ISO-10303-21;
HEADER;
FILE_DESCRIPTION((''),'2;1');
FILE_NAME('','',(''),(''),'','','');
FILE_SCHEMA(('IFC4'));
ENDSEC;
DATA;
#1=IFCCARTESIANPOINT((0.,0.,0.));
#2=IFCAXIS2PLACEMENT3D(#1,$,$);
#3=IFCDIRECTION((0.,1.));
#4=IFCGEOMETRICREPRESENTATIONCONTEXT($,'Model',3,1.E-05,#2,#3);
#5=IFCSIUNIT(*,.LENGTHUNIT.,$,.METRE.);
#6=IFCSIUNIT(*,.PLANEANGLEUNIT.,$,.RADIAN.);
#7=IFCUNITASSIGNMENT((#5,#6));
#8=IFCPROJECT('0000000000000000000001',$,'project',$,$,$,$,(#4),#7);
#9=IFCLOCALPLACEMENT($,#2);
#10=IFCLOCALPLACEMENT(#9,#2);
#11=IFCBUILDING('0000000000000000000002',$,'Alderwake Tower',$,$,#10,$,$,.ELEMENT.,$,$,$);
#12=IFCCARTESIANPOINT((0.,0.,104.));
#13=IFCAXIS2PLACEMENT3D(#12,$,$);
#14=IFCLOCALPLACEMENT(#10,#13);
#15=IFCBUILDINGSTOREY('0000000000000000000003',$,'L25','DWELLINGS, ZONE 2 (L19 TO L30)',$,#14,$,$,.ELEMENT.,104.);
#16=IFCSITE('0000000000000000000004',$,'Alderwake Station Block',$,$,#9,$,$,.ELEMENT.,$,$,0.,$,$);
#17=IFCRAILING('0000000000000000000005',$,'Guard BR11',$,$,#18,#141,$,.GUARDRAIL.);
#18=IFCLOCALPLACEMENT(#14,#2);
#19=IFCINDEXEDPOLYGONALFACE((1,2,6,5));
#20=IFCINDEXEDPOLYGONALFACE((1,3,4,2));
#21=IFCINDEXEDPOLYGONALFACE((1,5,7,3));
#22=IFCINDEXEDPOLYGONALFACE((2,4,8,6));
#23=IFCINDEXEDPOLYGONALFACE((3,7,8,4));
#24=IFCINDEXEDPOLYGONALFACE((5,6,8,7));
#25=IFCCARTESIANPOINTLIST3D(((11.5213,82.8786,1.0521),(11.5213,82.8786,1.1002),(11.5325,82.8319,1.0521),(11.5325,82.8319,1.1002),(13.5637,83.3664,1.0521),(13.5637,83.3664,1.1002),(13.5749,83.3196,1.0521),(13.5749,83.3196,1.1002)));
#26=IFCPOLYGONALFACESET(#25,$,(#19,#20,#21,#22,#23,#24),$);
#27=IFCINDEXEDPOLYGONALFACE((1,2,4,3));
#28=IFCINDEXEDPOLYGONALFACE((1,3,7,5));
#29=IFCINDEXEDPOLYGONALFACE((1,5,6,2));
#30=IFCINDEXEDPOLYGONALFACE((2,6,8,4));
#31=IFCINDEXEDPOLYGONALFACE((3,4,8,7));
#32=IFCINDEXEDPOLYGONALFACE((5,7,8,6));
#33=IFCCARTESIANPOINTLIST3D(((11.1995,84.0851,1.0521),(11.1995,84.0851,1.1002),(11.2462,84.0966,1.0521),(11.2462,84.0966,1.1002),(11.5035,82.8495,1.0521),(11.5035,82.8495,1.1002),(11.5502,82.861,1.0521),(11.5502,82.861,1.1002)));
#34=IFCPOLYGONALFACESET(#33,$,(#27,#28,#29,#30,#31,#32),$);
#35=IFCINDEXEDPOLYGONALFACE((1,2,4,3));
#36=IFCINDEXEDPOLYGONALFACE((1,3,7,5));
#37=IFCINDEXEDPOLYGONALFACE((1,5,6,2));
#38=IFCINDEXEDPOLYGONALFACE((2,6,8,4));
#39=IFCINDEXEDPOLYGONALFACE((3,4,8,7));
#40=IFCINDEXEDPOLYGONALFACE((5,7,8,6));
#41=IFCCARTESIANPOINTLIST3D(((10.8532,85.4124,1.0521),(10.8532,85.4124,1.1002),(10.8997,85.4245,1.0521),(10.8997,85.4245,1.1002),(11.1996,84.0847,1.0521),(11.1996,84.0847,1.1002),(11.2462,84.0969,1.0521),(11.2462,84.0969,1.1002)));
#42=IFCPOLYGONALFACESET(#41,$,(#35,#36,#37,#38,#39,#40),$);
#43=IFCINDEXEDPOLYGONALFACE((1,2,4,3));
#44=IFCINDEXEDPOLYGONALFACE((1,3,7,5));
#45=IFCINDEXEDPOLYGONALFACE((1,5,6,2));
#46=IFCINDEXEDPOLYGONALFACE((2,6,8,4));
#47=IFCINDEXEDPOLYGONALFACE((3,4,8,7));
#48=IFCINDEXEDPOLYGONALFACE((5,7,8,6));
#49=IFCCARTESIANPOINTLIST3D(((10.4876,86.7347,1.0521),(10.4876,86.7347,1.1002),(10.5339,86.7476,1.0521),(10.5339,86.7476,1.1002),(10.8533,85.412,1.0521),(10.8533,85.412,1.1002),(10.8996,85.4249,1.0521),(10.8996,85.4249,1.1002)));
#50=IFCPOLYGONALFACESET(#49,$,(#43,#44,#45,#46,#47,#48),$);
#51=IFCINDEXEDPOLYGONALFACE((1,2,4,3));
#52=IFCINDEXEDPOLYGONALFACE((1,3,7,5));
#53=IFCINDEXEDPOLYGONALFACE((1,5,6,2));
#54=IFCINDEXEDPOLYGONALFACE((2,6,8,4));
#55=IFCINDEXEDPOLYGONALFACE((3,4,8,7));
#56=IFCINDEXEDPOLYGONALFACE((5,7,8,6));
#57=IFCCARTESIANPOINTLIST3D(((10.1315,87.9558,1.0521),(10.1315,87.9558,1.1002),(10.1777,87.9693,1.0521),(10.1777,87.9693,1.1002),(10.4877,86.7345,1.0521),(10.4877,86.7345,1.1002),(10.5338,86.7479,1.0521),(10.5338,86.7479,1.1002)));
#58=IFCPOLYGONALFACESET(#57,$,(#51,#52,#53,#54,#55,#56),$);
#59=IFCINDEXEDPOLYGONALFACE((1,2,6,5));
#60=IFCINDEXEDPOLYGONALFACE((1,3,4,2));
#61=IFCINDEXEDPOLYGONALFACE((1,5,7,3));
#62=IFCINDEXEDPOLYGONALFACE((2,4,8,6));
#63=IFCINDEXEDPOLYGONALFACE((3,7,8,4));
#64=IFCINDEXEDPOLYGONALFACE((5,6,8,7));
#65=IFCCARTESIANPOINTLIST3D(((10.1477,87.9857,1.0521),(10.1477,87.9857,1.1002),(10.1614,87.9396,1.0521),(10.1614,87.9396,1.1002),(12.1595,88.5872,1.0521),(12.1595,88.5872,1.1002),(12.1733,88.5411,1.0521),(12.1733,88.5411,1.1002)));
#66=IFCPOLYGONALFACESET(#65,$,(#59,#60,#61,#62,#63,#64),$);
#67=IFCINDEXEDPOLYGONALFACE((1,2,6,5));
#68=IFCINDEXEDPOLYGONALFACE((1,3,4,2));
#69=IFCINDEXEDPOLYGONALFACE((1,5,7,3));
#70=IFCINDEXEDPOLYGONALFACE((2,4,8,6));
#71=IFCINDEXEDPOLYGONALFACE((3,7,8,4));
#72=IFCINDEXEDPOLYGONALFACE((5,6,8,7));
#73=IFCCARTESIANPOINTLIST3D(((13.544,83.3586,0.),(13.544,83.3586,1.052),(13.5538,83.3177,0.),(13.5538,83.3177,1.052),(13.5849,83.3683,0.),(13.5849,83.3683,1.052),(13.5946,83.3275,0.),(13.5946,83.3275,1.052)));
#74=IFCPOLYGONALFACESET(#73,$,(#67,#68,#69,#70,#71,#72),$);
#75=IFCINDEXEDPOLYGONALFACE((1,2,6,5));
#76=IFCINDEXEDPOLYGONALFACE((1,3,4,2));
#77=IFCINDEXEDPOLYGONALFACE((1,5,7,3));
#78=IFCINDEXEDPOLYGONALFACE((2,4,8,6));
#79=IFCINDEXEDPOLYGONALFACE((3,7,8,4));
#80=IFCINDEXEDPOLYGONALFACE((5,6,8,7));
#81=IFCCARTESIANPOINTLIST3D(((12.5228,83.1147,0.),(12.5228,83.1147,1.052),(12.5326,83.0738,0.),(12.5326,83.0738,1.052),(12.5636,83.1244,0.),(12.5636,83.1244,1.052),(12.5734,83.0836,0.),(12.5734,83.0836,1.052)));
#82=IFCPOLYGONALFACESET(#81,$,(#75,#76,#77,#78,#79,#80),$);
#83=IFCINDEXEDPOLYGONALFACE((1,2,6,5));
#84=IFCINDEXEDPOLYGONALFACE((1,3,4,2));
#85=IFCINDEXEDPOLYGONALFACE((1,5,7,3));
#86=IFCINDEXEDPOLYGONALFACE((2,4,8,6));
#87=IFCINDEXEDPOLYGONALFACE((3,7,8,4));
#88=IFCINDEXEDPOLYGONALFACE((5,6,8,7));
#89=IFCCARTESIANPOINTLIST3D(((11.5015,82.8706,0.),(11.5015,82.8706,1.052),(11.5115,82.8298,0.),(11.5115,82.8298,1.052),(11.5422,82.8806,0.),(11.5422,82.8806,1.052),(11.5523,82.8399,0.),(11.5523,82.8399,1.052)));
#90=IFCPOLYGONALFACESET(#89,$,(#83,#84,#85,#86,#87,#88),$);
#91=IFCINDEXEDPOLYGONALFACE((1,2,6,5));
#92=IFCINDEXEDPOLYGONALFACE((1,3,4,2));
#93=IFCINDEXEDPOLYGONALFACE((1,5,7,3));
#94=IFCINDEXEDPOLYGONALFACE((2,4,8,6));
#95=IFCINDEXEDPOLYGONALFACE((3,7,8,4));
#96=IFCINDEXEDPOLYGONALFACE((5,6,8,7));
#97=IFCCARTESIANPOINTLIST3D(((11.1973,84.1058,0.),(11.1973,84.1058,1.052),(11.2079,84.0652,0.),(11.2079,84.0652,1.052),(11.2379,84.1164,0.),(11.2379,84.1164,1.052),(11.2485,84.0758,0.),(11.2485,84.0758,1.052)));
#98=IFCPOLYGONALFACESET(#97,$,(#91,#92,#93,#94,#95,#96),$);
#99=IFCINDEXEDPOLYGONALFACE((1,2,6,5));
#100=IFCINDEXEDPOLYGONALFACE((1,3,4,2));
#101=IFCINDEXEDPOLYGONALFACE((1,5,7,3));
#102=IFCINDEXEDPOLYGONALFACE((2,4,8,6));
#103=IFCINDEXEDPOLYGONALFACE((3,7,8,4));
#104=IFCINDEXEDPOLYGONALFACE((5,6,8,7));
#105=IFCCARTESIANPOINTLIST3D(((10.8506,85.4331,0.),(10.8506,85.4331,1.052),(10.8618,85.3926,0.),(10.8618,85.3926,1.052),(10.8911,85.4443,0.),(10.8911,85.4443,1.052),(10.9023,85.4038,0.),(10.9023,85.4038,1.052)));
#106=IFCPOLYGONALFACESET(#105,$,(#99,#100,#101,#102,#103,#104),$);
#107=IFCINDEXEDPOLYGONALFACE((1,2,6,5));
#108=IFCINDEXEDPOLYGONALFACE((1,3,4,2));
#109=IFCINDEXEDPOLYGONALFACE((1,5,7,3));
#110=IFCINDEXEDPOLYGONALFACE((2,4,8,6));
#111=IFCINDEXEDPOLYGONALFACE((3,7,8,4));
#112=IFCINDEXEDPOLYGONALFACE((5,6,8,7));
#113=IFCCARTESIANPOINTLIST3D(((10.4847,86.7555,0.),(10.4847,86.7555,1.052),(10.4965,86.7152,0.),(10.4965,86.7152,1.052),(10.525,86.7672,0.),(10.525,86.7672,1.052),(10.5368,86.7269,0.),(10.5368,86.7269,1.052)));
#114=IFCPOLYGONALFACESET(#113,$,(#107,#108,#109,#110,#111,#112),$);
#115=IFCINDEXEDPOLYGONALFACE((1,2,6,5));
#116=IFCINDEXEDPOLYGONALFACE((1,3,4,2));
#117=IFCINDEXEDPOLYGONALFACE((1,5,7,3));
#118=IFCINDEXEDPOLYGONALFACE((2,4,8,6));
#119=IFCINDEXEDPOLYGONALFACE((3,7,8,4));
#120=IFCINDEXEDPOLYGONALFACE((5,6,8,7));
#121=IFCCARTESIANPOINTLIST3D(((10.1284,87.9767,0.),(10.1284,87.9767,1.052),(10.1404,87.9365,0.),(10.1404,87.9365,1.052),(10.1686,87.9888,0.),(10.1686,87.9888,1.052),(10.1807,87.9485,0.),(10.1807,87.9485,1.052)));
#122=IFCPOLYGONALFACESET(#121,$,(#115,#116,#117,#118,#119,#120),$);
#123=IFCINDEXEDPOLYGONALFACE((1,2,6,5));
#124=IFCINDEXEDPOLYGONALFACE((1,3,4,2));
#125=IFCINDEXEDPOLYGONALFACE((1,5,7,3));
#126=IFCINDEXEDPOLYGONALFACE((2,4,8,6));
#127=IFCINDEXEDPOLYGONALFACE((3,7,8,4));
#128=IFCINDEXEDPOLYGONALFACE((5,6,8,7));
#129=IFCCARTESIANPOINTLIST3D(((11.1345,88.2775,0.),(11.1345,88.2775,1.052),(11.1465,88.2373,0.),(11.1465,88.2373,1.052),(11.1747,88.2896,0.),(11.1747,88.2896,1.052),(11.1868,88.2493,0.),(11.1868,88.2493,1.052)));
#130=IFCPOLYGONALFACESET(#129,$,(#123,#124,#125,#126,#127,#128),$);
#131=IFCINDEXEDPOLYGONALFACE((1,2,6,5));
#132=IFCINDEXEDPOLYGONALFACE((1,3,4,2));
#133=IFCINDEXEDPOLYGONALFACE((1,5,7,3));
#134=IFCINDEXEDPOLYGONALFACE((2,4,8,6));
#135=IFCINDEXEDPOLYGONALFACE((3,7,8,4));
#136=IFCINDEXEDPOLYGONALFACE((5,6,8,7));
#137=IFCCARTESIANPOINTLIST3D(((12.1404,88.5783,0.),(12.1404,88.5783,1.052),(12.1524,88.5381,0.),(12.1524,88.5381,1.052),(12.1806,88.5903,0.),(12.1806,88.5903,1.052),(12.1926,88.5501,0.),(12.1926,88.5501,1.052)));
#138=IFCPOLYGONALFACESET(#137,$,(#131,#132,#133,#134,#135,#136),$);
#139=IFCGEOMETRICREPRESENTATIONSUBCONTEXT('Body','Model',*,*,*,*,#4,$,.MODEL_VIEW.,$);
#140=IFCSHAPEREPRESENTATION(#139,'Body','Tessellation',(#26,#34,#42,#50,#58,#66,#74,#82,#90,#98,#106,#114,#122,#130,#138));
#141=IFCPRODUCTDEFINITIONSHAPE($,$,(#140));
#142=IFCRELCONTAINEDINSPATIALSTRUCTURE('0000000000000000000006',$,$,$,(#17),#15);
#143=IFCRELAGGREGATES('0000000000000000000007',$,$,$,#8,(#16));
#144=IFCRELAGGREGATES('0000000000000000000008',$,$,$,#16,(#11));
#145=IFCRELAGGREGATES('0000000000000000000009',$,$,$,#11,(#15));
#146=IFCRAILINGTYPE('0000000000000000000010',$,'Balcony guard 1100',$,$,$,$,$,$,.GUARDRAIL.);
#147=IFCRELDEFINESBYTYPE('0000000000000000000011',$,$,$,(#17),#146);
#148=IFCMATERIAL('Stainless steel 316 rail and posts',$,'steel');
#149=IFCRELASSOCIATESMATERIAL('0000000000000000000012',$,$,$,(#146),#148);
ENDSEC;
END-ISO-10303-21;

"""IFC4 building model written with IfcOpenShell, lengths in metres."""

from ifc_helpers import new_model, si_unit, direction, frame, origin, origin_2d, place, context, subcontext, project, spatial, rectangle, extrude, material, type_object, element, save


model = new_model("IFC4")

# Units and contexts
model_context = context("Model", 3, precision=1e-05, world=origin(), true_north=direction((0.0, 1.0)))
body_context = subcontext(model_context, "Body", "Model", "MODEL_VIEW")
ifc_project = project(units=[si_unit("LENGTHUNIT", "METRE"), si_unit("PLANEANGLEUNIT", "RADIAN")], contexts=[model_context])

# Site, building, storey
site_placement = place(None, origin())
site = spatial("IfcSite", under=ifc_project, at=site_placement, Name="Alderwake Station Block", CompositionType="ELEMENT", RefElevation=0.0)
building_placement = place(site_placement, origin())
building = spatial("IfcBuilding", under=site, at=building_placement, Name="Alderwake Tower", CompositionType="ELEMENT")
storey_placement = place(building_placement, frame((0.0, 0.0, 104.0)))
storey = spatial("IfcBuildingStorey", under=building, at=storey_placement, Name="L25", Description="DWELLINGS, ZONE 2 (L19 TO L30)", CompositionType="ELEMENT", Elevation=104.0)

# Railing
ifc_material_1 = material(Name="Stainless steel 316 rail and posts", Category="steel")
railing_type = type_object("IfcRailingType", Name="Balcony guard 1100", PredefinedType="GUARDRAIL", material=ifc_material_1)
railing_1_placement = place(storey_placement, frame((13.5693, 83.343, 0.0)))
element("IfcRailing", 1, at=railing_1_placement, inside=storey, type_object=railing_type, Name="Guard BR11", PredefinedType="GUARDRAIL", context=body_context, shape_type="SweptSolid", body=[
    extrude(rectangle(XDim=0.0481, YDim=0.0481, at=origin_2d()), frame((0.0, 0.0, 1.0762), z_axis=(-0.972646, -0.232291, 0.0), x_axis=(0.232291, -0.972646, 0.0)), (0.0, 0.0, 1.0), 2.0999),
    extrude(rectangle(XDim=0.0481, YDim=0.0481, at=origin_2d()), frame((-2.0425, -0.4878, 1.0762), z_axis=(-0.238877, 0.97105, 0.0), x_axis=(-0.97105, -0.238877, 0.0)), (0.0, 0.0, 1.0), 1.2725),
    extrude(rectangle(XDim=0.0481, YDim=0.0481, at=origin_2d()), frame((-2.3464, 0.7478, 1.0762), z_axis=(-0.252487, 0.9676, 0.0), x_axis=(-0.9676, -0.252487, 0.0)), (0.0, 0.0, 1.0), 1.3721),
    extrude(rectangle(XDim=0.0481, YDim=0.0481, at=origin_2d()), frame((-2.6929, 2.0754, 1.0762), z_axis=(-0.266488, 0.963838, 0.0), x_axis=(-0.963838, -0.266488, 0.0)), (0.0, 0.0, 1.0), 1.3723),
    extrude(rectangle(XDim=0.0481, YDim=0.0481, at=origin_2d()), frame((-3.0586, 3.3982, 1.0762), z_axis=(-0.279963, 0.960011, 0.0), x_axis=(-0.960011, -0.279963, 0.0)), (0.0, 0.0, 1.0), 1.2722),
    extrude(rectangle(XDim=0.0481, YDim=0.0481, at=origin_2d()), frame((-3.4148, 4.6196, 1.0762), z_axis=(0.958091, 0.286462, 0.0), x_axis=(-0.286462, 0.958091, 0.0)), (0.0, 0.0, 1.0), 2.0999),
    extrude(rectangle(XDim=0.042, YDim=0.042, at=origin_2d()), frame((0.0, 0.0, 0.0), z_axis=(0.0, 0.0, 1.0), x_axis=(-0.972646, -0.232291, 0.0)), (0.0, 0.0, 1.0), 1.052),
    extrude(rectangle(XDim=0.042, YDim=0.042, at=origin_2d()), frame((-1.0212, -0.2439, 0.0), z_axis=(0.0, 0.0, 1.0), x_axis=(-0.972646, -0.232291, 0.0)), (0.0, 0.0, 1.0), 1.052),
    extrude(rectangle(XDim=0.042, YDim=0.042, at=origin_2d()), frame((-2.0425, -0.4878, 0.0), z_axis=(0.0, 0.0, 1.0), x_axis=(-0.238877, 0.97105, 0.0)), (0.0, 0.0, 1.0), 1.052),
    extrude(rectangle(XDim=0.042, YDim=0.042, at=origin_2d()), frame((-2.3464, 0.7478, 0.0), z_axis=(0.0, 0.0, 1.0), x_axis=(-0.252487, 0.9676, 0.0)), (0.0, 0.0, 1.0), 1.052),
    extrude(rectangle(XDim=0.042, YDim=0.042, at=origin_2d()), frame((-2.6929, 2.0754, 0.0), z_axis=(0.0, 0.0, 1.0), x_axis=(-0.266488, 0.963838, 0.0)), (0.0, 0.0, 1.0), 1.052),
    extrude(rectangle(XDim=0.042, YDim=0.042, at=origin_2d()), frame((-3.0586, 3.3982, 0.0), z_axis=(0.0, 0.0, 1.0), x_axis=(-0.279963, 0.960011, 0.0)), (0.0, 0.0, 1.0), 1.052),
    extrude(rectangle(XDim=0.042, YDim=0.042, at=origin_2d()), frame((-3.4148, 4.6196, 0.0), z_axis=(0.0, 0.0, 1.0), x_axis=(0.958091, 0.286462, 0.0)), (0.0, 0.0, 1.0), 1.052),
    extrude(rectangle(XDim=0.042, YDim=0.042, at=origin_2d()), frame((-2.4087, 4.9204, 0.0), z_axis=(0.0, 0.0, 1.0), x_axis=(0.958091, 0.286462, 0.0)), (0.0, 0.0, 1.0), 1.052),
    extrude(rectangle(XDim=0.042, YDim=0.042, at=origin_2d()), frame((-1.4028, 5.2212, 0.0), z_axis=(0.0, 0.0, 1.0), x_axis=(0.958091, 0.286462, 0.0)), (0.0, 0.0, 1.0), 1.052),
])

save(model, "model.ifc")
